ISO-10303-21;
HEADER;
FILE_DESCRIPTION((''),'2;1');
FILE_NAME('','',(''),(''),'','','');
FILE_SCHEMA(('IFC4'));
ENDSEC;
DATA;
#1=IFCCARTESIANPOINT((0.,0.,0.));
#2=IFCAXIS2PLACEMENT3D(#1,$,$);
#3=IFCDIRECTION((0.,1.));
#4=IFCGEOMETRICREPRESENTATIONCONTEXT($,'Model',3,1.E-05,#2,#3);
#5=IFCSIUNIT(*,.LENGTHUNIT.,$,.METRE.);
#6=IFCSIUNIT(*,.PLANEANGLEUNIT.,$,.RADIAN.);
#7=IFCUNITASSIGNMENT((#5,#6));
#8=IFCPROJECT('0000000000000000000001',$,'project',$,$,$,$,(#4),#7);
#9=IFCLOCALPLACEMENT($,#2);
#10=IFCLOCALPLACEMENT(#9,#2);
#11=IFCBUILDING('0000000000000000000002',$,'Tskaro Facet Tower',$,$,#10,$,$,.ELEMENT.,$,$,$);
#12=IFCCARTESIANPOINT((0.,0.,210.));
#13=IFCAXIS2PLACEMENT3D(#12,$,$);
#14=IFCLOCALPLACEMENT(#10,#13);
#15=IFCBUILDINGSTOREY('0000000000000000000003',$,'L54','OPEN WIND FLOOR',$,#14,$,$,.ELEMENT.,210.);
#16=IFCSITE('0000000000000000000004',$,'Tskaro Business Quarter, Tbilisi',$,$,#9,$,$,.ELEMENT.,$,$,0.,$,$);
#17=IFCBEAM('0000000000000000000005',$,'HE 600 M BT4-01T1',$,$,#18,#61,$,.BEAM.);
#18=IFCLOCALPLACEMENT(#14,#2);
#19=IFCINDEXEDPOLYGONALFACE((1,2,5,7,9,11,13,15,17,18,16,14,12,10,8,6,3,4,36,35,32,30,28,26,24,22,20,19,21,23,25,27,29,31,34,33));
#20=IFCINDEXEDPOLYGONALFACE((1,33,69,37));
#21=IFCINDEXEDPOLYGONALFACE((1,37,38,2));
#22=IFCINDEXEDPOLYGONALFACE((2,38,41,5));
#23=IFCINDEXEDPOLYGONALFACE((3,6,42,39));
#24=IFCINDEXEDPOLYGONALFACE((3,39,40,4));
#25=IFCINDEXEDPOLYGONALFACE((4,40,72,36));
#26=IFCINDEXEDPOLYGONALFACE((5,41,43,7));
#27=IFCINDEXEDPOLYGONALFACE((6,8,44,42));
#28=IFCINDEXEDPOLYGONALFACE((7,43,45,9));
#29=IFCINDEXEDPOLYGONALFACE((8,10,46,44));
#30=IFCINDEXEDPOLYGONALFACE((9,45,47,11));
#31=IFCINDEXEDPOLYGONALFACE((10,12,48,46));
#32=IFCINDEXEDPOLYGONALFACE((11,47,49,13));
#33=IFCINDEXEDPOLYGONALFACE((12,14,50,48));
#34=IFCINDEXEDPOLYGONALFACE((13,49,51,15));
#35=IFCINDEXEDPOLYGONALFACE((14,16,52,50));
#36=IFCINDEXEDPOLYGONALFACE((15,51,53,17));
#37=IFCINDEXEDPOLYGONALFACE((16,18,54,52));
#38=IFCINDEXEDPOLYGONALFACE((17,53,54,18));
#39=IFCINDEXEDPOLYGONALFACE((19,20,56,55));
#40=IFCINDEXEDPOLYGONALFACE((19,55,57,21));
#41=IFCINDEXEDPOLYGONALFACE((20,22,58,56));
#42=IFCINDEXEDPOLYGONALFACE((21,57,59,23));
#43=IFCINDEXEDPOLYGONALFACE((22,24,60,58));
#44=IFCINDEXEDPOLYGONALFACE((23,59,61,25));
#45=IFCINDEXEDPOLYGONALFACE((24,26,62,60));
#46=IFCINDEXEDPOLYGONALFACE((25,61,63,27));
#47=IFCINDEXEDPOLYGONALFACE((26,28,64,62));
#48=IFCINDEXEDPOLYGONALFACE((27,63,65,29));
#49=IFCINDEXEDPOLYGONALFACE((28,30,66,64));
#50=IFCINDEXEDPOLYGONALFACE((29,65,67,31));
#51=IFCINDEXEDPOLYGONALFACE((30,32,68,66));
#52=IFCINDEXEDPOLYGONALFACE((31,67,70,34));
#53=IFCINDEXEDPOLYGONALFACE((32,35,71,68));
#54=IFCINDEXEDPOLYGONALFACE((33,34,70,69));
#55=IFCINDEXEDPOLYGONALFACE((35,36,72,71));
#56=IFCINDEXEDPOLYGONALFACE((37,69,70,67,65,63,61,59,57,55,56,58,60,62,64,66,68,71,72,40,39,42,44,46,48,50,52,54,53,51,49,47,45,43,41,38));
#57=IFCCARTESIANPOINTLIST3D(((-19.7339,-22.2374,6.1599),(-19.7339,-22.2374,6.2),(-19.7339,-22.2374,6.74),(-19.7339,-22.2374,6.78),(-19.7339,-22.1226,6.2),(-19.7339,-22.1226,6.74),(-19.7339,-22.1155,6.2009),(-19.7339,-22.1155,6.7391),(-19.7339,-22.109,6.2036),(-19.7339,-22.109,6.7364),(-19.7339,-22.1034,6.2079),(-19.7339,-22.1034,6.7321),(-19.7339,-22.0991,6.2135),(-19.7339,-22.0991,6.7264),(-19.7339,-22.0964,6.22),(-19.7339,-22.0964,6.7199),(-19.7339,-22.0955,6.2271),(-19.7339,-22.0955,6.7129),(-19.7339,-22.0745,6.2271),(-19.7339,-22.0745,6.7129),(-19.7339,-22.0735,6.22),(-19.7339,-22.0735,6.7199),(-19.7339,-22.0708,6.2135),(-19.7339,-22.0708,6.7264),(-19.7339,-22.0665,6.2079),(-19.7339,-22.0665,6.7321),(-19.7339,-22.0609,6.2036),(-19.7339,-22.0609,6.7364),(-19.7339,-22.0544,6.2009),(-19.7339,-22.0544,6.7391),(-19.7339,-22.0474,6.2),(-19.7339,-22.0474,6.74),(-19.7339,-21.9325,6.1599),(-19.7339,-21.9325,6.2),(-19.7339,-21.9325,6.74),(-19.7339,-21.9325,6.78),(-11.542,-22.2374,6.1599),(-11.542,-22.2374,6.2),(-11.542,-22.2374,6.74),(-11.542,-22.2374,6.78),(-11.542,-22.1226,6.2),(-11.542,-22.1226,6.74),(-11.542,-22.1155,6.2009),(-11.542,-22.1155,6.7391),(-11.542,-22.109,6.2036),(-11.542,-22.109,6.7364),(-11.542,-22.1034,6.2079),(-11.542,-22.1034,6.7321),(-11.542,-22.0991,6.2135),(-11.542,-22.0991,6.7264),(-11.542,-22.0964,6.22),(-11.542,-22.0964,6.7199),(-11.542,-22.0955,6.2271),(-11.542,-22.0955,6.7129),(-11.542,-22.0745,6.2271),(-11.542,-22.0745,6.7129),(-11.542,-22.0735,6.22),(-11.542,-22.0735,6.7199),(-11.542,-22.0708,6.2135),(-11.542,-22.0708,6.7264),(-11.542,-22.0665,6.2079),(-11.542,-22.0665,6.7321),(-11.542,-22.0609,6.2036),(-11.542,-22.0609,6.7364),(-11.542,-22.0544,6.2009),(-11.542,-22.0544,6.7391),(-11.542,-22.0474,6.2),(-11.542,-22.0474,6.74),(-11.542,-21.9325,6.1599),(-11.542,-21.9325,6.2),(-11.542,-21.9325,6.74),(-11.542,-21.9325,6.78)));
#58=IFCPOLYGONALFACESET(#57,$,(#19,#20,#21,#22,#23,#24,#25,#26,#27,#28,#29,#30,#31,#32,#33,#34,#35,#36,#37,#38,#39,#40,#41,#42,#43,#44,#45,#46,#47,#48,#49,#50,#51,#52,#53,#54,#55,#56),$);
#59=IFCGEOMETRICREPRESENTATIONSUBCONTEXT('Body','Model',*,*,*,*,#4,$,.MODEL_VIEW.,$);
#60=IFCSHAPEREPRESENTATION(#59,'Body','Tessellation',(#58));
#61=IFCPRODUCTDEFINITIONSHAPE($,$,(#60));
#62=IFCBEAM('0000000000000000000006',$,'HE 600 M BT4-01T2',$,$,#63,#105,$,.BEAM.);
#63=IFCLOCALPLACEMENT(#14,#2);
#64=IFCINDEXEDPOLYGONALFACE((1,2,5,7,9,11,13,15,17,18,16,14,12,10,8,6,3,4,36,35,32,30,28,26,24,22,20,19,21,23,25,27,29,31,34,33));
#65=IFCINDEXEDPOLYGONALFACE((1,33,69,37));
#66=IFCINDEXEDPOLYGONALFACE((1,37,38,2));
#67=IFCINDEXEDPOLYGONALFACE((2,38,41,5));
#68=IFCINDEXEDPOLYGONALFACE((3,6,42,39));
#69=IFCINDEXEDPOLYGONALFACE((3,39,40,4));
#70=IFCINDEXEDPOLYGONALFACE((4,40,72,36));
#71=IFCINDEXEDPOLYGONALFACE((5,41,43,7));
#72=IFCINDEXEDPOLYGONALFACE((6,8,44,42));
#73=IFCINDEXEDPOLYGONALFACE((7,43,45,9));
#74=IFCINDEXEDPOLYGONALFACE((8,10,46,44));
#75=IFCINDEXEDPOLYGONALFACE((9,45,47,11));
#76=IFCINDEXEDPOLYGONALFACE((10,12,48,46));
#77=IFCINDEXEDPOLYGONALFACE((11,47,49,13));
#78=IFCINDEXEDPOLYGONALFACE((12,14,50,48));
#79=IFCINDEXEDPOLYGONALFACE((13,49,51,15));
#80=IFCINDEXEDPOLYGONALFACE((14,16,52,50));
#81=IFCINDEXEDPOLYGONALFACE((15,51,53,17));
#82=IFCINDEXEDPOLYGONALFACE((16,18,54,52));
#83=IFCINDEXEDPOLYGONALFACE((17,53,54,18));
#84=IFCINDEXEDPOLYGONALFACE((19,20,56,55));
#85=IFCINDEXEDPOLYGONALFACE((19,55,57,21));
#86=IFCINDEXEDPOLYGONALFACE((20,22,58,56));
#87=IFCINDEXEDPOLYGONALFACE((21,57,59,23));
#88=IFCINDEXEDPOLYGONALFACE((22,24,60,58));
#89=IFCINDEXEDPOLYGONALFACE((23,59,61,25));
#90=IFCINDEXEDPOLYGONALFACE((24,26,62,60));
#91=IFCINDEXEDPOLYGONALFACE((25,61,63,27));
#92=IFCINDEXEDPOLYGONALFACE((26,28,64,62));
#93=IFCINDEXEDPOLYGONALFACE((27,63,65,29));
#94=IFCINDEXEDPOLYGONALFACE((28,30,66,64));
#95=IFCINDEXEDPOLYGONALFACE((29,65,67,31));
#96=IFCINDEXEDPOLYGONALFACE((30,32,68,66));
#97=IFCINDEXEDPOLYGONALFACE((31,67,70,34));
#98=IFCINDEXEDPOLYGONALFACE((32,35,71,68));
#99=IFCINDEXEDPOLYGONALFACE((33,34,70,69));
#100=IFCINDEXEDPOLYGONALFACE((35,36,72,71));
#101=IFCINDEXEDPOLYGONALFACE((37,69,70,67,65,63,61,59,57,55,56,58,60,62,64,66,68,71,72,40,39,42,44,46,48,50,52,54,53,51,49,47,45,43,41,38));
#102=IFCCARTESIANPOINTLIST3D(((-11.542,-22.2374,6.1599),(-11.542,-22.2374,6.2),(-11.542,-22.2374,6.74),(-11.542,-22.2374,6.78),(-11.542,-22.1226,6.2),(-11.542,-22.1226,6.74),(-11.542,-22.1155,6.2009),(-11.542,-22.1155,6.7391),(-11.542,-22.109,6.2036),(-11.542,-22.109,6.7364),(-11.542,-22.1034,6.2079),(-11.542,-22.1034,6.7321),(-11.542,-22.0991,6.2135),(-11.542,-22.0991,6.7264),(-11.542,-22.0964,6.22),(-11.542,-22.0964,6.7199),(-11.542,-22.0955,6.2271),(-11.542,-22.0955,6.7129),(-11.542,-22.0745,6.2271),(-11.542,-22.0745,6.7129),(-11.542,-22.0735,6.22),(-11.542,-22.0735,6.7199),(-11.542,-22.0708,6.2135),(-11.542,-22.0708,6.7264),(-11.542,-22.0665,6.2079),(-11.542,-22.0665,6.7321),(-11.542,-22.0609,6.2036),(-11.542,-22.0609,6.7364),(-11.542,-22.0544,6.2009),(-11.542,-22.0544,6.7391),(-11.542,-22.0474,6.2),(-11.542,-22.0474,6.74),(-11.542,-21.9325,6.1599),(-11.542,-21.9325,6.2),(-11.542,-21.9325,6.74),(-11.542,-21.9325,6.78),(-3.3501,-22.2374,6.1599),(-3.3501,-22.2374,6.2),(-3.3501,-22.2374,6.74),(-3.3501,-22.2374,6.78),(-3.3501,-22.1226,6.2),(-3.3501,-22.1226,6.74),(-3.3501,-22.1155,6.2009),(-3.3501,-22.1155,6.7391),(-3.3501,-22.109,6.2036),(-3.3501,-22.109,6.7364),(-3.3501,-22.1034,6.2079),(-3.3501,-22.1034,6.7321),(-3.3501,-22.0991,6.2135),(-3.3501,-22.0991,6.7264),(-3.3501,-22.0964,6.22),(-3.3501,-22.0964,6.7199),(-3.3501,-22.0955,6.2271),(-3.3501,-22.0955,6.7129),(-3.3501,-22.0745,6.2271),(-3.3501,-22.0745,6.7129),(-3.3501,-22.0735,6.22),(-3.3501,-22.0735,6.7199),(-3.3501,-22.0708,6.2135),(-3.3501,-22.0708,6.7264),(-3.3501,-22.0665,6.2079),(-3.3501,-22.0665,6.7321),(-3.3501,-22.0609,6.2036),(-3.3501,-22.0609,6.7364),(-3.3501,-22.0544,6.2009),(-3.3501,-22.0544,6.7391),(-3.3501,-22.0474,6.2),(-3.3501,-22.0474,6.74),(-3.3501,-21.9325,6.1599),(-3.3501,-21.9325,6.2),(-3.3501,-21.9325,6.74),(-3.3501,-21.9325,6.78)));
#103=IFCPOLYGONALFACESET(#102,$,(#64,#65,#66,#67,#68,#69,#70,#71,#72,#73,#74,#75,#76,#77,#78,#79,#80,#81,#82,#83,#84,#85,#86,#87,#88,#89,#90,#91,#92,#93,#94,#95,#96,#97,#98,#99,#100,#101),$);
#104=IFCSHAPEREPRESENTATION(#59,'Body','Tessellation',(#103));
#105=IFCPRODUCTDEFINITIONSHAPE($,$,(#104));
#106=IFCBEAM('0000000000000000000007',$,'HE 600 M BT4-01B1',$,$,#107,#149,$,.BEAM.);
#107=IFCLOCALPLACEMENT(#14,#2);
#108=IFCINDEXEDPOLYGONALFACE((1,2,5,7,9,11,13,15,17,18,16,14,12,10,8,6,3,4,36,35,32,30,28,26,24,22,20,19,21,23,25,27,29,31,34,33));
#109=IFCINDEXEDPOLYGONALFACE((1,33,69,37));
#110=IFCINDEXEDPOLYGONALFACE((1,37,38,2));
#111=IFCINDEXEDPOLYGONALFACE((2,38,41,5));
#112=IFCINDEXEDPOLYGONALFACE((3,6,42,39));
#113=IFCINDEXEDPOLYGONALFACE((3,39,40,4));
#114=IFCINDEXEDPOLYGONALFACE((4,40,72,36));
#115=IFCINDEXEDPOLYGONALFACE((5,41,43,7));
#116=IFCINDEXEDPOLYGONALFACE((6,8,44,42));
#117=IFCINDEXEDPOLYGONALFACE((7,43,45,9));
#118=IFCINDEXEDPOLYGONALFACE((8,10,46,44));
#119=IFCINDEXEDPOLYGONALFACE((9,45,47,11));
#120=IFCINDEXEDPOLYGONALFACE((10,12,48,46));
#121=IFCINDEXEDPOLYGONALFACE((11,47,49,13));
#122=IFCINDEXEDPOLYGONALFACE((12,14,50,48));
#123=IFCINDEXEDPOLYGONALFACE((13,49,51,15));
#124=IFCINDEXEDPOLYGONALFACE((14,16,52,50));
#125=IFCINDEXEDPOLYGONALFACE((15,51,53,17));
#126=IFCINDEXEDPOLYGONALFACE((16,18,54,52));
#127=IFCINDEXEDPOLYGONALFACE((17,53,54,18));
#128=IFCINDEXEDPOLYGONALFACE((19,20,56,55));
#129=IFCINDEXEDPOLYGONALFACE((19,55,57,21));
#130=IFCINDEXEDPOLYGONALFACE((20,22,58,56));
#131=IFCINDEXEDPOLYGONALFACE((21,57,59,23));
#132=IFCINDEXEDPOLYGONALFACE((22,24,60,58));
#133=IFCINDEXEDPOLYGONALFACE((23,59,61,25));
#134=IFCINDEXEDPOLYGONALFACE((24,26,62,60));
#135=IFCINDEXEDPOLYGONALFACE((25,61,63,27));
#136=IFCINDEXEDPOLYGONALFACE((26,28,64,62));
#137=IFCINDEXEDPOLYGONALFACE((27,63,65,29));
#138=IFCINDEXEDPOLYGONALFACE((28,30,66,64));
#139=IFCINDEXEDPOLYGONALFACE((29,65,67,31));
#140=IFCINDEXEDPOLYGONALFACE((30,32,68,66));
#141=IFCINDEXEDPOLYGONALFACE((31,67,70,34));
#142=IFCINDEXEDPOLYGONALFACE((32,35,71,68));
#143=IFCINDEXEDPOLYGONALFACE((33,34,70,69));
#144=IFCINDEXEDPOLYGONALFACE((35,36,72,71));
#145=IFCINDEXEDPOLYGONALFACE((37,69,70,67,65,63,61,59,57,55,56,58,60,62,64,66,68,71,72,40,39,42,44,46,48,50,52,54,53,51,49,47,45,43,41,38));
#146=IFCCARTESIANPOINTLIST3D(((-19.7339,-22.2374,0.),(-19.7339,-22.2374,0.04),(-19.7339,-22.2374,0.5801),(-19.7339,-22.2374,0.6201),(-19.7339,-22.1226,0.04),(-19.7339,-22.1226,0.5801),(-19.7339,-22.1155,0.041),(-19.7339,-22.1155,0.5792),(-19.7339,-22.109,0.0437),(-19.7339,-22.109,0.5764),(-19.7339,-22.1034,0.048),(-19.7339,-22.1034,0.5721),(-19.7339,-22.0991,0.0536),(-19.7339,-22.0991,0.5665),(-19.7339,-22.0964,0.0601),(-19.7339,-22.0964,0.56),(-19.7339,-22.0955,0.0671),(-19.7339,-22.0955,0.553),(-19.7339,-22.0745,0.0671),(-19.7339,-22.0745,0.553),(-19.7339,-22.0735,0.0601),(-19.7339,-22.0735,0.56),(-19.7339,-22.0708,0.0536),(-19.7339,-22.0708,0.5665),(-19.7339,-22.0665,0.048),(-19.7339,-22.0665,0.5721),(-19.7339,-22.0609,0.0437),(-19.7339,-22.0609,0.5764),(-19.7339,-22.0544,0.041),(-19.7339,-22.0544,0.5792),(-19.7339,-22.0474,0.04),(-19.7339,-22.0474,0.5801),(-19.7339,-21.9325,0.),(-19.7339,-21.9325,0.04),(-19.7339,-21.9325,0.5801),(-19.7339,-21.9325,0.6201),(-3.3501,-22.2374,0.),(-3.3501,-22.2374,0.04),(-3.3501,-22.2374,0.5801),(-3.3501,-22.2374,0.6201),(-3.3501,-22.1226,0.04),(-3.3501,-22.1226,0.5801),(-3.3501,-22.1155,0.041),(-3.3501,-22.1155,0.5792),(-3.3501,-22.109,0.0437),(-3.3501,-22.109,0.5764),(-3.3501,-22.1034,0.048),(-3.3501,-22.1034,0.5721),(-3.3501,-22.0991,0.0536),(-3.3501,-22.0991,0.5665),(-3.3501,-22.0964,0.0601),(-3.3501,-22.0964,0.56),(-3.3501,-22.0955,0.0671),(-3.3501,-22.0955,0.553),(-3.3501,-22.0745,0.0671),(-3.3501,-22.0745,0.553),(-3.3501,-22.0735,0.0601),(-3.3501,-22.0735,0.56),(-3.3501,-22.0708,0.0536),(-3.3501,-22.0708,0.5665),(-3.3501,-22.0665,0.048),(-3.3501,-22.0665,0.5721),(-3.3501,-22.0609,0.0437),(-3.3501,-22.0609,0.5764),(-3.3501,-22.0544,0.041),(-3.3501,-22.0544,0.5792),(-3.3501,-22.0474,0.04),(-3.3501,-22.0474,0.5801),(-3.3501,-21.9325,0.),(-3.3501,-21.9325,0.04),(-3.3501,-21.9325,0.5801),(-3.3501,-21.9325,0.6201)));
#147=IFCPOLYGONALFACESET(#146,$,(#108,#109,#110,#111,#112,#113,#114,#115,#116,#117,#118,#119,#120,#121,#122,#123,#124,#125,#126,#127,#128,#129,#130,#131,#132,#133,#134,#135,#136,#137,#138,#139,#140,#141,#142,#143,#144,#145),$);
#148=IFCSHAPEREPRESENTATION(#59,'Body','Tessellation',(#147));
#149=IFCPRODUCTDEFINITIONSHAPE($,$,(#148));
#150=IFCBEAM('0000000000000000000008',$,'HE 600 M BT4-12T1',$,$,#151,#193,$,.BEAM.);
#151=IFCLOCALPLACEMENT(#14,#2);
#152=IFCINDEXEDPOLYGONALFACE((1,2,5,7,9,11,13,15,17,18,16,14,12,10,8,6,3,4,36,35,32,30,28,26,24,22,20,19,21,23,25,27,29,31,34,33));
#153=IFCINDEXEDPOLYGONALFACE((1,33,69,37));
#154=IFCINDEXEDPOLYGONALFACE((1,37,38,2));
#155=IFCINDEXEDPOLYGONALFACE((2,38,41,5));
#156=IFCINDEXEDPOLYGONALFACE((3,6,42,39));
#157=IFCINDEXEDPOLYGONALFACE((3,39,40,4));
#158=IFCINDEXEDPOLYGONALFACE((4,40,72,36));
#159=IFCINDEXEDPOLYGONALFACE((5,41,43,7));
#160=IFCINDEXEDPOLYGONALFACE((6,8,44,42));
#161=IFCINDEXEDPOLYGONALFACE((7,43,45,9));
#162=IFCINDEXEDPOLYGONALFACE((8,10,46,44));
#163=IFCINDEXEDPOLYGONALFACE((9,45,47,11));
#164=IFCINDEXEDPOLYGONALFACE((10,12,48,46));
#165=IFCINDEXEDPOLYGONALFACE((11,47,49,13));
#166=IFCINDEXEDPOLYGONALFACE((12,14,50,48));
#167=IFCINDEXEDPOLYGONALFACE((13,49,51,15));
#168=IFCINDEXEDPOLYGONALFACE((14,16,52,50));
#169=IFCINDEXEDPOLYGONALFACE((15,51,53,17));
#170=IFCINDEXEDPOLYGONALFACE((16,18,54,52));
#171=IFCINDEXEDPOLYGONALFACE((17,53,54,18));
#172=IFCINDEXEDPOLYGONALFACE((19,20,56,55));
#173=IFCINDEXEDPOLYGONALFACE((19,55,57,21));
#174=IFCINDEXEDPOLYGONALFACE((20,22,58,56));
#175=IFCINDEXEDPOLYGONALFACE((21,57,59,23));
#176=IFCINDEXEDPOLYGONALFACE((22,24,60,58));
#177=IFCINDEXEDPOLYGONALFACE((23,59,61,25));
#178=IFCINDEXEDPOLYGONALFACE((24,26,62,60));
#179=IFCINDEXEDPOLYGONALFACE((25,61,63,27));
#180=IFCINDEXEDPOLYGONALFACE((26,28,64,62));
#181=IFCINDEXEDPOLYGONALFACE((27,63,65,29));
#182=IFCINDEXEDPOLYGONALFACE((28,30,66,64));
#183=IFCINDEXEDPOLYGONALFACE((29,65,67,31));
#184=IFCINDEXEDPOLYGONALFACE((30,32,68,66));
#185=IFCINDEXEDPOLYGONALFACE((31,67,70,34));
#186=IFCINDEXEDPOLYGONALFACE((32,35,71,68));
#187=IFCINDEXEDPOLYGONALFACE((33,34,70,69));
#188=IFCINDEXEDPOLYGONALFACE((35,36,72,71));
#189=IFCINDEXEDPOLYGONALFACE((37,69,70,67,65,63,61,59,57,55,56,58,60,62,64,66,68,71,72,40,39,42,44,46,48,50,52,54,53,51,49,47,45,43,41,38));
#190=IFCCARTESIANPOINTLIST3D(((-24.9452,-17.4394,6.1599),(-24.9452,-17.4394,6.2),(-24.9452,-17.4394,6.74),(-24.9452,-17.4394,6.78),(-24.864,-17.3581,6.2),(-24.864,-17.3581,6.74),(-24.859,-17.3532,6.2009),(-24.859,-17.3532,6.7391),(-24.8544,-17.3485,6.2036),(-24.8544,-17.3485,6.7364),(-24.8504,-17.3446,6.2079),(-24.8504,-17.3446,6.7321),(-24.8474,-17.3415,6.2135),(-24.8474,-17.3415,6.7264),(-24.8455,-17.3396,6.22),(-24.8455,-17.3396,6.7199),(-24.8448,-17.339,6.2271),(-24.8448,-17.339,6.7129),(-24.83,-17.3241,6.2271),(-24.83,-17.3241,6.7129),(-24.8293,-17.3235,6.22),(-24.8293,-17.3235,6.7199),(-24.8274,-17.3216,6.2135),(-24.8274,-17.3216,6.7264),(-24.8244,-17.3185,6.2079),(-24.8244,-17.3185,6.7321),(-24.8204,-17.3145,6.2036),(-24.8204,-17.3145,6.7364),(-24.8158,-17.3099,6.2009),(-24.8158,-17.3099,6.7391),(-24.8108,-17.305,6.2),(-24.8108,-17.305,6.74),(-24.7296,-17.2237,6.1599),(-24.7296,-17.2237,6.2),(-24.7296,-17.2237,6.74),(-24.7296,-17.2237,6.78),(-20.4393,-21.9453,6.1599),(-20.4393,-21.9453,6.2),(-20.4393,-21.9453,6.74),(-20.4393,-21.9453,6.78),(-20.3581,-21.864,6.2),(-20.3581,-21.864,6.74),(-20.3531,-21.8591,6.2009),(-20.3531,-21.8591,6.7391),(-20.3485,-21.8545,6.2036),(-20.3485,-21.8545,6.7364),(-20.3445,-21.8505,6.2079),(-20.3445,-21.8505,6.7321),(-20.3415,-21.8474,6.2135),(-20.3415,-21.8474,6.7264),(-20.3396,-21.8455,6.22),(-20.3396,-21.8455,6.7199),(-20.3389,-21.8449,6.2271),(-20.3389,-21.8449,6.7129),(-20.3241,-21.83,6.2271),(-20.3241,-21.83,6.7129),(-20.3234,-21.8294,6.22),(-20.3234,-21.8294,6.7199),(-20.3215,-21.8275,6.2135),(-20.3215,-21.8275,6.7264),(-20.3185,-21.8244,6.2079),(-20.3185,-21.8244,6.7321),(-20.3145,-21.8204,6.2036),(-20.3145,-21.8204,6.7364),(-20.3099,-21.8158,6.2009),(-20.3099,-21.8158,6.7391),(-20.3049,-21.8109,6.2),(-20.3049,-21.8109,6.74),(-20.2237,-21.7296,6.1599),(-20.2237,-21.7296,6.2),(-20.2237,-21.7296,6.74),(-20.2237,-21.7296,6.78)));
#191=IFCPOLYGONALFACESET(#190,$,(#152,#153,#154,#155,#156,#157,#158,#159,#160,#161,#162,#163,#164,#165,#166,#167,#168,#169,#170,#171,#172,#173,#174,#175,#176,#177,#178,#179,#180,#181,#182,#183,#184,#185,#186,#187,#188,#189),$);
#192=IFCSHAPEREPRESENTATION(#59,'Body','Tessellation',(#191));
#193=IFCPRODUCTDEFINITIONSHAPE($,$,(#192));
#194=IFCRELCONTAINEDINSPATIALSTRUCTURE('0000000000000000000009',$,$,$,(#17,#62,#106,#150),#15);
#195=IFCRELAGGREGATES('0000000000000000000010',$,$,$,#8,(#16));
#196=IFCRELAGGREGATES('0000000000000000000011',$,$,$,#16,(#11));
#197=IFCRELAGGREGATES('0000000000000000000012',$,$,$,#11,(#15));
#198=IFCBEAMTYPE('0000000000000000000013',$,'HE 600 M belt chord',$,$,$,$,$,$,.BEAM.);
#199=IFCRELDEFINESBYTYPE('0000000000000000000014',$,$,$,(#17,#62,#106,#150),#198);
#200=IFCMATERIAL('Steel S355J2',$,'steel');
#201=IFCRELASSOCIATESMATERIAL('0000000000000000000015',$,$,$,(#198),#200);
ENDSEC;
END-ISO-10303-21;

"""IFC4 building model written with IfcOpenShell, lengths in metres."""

from ifc_helpers import new_model, si_unit, direction, frame, origin, origin_2d, place, context, subcontext, project, spatial, i_section, extrude, material, material_profile, profile_set, type_object, element, save


model = new_model("IFC4")

# Units and contexts
model_context = context("Model", 3, precision=1e-05, world=origin(), true_north=direction((0.0, 1.0)))
body_context = subcontext(model_context, "Body", "Model", "MODEL_VIEW")
ifc_project = project(units=[si_unit("LENGTHUNIT", "METRE"), si_unit("PLANEANGLEUNIT", "RADIAN")], contexts=[model_context])

# Site, building, storey
site_placement = place(None, origin())
site = spatial("IfcSite", under=ifc_project, at=site_placement, Name="Tskaro Business Quarter, Tbilisi", CompositionType="ELEMENT", RefElevation=0.0)
building_placement = place(site_placement, origin())
building = spatial("IfcBuilding", under=site, at=building_placement, Name="Tskaro Facet Tower", CompositionType="ELEMENT")
storey_placement = place(building_placement, frame((0.0, 0.0, 210.0)))
storey = spatial("IfcBuildingStorey", under=building, at=storey_placement, Name="L54", Description="OPEN WIND FLOOR", CompositionType="ELEMENT", Elevation=210.0)

# Shared definitions
ifc_material_1 = material(Name="Steel S355J2", Category="steel")

# Beams
ifc_material_profile_1 = material_profile(ifc_material_1, i_section(OverallWidth=0.3049, OverallDepth=0.6201, WebThickness=0.021, FlangeThickness=0.04, FilletRadius=0.0271, at=origin_2d()), Name="HE 600 M")
ifc_profile_set_1 = profile_set([ifc_material_profile_1], Name="Steel S355J2")
beam_type_1 = type_object("IfcBeamType", Name="HE 600 M belt chord", PredefinedType="BEAM", material=ifc_profile_set_1)
for number, where, z_axis, x_axis, name in (
    (1, (-19.7339, -22.085, 6.47), (1.0, 0.0, 0.0), (0.0, 1.0, 0.0), "HE 600 M BT4-01T1"),
    (2, (-11.542, -22.085, 6.47), (1.0, 0.0, 0.0), (0.0, 1.0, 0.0), "HE 600 M BT4-01T2"),
):
    element("IfcBeam", number, at=place(storey_placement, frame(where, z_axis=z_axis, x_axis=x_axis)), inside=storey, type_object=beam_type_1, Name=name, PredefinedType="BEAM", context=body_context, shape_type="SweptSolid", body=[
        extrude(i_section(OverallWidth=0.3049, OverallDepth=0.6201, WebThickness=0.021, FlangeThickness=0.04, FilletRadius=0.0271, at=origin_2d()), origin(), (0.0, 0.0, 1.0), 8.1919),
    ])
beam_1_placement = place(storey_placement, frame((-19.7339, -22.085, 0.3101), z_axis=(1.0, 0.0, 0.0), x_axis=(0.0, 1.0, 0.0)))
element("IfcBeam", 3, at=beam_1_placement, inside=storey, type_object=beam_type_1, Name="HE 600 M BT4-01B1", PredefinedType="BEAM", context=body_context, shape_type="SweptSolid", body=[
    extrude(i_section(OverallWidth=0.3049, OverallDepth=0.6201, WebThickness=0.021, FlangeThickness=0.04, FilletRadius=0.0271, at=origin_2d()), origin(), (0.0, 0.0, 1.0), 16.3838),
])
for number, where, z_axis, x_axis, name in (
    (4, (-24.8374, -17.3315, 6.47), (0.707107, -0.707107, 0.0), (0.707107, 0.707107, 0.0), "HE 600 M BT4-12T1"),
):
    element("IfcBeam", number, at=place(storey_placement, frame(where, z_axis=z_axis, x_axis=x_axis)), inside=storey, type_object=beam_type_1, Name=name, PredefinedType="BEAM", context=body_context, shape_type="SweptSolid", body=[
        extrude(i_section(OverallWidth=0.3049, OverallDepth=0.6201, WebThickness=0.021, FlangeThickness=0.04, FilletRadius=0.0271, at=origin_2d()), origin(), (0.0, 0.0, 1.0), 6.3723),
    ])

save(model, "model.ifc")
